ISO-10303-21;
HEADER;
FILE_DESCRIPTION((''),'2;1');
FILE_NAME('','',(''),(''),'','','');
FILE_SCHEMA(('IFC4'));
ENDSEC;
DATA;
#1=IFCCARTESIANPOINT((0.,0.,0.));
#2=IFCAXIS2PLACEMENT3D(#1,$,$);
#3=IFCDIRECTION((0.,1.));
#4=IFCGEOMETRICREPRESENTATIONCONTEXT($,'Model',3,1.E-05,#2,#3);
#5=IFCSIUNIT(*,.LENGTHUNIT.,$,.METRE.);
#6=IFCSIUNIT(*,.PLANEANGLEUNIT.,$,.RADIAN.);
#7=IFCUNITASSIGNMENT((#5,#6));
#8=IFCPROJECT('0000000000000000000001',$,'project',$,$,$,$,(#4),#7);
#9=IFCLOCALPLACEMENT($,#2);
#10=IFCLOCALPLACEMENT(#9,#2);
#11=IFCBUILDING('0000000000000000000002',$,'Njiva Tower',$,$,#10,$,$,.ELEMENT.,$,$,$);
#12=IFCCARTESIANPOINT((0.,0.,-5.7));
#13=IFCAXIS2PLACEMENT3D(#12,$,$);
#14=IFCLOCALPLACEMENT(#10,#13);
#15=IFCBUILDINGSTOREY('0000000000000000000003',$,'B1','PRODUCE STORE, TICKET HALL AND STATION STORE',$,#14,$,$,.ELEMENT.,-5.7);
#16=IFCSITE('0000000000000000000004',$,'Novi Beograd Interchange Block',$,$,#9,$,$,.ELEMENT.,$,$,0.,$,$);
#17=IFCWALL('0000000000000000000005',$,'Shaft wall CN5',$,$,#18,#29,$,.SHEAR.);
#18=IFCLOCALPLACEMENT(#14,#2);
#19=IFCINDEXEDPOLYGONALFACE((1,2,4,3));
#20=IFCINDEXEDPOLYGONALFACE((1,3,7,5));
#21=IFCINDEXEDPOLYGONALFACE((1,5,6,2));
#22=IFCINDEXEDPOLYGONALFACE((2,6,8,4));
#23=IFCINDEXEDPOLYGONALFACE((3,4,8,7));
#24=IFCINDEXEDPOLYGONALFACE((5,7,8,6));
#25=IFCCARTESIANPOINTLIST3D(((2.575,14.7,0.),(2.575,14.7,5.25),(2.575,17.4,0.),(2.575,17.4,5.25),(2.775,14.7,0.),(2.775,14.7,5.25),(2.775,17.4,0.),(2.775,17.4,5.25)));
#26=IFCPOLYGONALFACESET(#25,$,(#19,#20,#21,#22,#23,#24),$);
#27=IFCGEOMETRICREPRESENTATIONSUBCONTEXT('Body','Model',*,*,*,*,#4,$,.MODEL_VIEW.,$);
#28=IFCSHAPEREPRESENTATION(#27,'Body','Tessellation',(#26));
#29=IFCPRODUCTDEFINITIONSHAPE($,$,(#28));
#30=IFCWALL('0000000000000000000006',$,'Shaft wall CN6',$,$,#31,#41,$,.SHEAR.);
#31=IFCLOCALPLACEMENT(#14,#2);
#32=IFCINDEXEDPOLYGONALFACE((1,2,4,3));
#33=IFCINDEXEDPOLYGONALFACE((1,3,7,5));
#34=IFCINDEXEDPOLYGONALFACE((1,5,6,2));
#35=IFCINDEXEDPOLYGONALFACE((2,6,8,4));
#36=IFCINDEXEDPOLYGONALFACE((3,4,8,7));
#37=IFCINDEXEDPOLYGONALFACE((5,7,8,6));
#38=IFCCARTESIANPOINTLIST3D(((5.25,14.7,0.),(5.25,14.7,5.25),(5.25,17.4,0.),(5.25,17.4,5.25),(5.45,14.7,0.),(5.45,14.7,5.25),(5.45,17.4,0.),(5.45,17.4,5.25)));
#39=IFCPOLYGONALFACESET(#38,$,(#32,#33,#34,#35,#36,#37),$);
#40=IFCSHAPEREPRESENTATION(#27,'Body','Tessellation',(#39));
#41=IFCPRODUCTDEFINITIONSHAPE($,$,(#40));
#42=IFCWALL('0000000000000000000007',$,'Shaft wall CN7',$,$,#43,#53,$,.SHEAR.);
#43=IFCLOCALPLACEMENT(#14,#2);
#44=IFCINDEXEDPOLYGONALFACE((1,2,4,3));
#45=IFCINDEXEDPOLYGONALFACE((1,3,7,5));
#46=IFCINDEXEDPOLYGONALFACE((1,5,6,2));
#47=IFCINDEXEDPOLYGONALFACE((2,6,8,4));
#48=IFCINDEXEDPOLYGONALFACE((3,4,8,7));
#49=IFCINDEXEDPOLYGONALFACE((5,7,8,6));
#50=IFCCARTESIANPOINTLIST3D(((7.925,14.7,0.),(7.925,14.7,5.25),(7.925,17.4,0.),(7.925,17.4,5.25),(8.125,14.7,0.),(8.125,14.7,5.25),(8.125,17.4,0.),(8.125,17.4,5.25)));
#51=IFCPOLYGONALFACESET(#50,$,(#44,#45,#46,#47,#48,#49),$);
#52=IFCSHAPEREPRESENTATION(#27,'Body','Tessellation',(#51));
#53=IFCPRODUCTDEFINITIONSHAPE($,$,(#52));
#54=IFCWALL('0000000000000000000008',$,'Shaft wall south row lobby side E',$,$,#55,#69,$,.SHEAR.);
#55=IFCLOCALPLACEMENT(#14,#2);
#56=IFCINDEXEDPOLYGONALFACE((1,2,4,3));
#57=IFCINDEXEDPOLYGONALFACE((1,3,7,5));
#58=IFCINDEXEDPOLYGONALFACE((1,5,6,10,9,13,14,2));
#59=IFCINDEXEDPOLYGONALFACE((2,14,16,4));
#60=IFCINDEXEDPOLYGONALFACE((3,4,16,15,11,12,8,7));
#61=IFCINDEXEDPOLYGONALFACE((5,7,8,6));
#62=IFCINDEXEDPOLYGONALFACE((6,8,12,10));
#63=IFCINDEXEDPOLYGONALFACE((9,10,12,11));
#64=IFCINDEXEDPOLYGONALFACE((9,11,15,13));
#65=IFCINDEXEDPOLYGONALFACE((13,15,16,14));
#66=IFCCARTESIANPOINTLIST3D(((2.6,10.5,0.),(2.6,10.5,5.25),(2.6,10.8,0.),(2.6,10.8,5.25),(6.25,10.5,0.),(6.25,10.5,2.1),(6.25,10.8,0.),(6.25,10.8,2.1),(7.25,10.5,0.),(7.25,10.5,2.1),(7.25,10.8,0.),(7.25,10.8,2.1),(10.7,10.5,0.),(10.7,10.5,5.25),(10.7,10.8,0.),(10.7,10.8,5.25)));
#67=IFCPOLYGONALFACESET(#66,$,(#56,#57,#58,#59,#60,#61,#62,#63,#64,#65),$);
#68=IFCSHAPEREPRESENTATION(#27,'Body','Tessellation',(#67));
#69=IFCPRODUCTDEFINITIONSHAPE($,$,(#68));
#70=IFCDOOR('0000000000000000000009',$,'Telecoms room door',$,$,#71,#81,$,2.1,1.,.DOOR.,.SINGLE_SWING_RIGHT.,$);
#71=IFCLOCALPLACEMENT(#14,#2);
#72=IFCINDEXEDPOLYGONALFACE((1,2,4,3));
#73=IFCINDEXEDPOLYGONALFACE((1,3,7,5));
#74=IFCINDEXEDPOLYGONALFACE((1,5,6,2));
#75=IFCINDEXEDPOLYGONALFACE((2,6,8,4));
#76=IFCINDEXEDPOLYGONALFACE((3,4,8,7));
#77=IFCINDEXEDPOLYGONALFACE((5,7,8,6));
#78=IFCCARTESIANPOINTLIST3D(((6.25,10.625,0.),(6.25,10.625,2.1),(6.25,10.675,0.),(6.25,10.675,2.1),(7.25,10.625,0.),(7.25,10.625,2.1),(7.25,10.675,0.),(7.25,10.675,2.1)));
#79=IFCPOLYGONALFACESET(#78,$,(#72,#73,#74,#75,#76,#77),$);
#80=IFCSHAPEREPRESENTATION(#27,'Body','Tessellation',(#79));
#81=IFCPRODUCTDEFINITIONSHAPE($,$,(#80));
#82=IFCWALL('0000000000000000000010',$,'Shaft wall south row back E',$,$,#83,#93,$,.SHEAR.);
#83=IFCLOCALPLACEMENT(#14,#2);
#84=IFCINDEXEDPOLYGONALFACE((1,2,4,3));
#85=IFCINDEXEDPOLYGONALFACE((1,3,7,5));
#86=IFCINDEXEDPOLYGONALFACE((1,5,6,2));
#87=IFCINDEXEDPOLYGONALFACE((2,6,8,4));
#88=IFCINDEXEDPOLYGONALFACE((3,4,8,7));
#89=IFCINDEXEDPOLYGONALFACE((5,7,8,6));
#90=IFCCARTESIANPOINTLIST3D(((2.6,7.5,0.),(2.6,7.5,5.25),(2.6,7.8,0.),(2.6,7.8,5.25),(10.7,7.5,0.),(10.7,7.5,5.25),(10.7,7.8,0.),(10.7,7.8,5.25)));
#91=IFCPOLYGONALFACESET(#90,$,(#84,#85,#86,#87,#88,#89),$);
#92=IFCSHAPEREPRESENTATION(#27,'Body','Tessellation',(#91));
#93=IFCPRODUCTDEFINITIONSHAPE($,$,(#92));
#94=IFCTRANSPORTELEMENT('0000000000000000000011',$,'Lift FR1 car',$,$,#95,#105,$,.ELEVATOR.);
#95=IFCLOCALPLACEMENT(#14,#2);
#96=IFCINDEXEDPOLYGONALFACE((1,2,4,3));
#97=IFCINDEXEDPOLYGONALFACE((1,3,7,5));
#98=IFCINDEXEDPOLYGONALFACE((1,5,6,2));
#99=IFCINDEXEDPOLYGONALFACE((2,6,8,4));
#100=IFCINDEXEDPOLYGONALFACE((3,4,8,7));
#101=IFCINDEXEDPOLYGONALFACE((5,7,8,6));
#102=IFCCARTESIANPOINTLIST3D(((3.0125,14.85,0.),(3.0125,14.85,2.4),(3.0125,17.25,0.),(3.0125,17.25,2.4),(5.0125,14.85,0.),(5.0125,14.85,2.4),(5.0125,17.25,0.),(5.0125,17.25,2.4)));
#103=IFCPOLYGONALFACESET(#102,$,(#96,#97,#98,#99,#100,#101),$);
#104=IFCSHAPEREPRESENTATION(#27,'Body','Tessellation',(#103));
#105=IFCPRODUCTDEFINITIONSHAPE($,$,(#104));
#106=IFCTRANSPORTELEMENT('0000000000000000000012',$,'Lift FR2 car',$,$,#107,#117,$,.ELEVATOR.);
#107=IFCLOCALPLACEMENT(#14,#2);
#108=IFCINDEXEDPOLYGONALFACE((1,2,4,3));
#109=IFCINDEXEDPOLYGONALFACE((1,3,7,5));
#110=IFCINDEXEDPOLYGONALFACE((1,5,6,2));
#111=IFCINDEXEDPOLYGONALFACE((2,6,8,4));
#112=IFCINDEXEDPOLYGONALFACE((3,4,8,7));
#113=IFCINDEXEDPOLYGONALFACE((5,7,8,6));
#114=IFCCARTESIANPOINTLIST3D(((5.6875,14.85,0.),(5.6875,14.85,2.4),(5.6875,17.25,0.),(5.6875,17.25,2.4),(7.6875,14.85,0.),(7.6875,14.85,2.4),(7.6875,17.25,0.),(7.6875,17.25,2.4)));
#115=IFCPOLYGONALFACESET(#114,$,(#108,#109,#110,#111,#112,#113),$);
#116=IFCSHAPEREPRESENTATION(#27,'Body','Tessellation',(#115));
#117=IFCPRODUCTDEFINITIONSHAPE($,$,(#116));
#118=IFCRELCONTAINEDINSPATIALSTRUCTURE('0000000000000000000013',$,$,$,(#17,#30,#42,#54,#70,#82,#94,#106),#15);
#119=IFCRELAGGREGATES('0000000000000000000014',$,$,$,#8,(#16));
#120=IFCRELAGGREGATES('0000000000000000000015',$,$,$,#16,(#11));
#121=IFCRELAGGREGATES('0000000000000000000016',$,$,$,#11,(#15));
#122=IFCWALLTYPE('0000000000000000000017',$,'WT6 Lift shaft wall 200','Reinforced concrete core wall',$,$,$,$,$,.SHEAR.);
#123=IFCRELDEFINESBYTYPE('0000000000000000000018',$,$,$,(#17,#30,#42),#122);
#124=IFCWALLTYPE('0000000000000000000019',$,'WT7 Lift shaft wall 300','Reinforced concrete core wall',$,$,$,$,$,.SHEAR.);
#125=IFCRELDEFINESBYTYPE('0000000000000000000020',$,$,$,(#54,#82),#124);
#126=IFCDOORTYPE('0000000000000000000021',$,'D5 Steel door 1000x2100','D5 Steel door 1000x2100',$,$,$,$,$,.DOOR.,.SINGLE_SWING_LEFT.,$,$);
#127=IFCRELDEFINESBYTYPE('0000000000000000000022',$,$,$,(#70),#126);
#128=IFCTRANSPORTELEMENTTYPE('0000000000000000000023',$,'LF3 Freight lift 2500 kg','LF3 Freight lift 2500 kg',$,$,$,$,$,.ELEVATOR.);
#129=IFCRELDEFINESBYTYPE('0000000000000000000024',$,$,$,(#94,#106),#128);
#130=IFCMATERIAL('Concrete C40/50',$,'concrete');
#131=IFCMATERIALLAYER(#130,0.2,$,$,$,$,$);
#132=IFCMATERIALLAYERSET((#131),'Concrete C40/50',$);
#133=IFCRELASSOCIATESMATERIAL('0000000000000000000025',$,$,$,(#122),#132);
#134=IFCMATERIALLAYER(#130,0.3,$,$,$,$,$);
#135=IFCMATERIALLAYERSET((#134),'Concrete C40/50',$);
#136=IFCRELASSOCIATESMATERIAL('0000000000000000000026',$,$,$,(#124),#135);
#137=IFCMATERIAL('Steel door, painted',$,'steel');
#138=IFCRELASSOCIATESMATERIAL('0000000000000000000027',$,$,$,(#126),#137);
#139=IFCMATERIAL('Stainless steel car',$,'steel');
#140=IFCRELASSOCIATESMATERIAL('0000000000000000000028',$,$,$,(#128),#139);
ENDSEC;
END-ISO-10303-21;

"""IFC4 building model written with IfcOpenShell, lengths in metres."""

from ifc_helpers import new_model, si_unit, direction, frame, frame_2d, origin, origin_2d, place, context, subcontext, project, spatial, rectangle, extrude, material, layer, layer_set, type_object, element, fill, save


model = new_model("IFC4")

# Units and contexts
model_context = context("Model", 3, precision=1e-05, world=origin(), true_north=direction((0.0, 1.0)))
body_context = subcontext(model_context, "Body", "Model", "MODEL_VIEW")
ifc_project = project(units=[si_unit("LENGTHUNIT", "METRE"), si_unit("PLANEANGLEUNIT", "RADIAN")], contexts=[model_context])

# Site, building, storey
site_placement = place(None, origin())
site = spatial("IfcSite", under=ifc_project, at=site_placement, Name="Novi Beograd Interchange Block", CompositionType="ELEMENT", RefElevation=0.0)
building_placement = place(site_placement, origin())
building = spatial("IfcBuilding", under=site, at=building_placement, Name="Njiva Tower", CompositionType="ELEMENT")
storey_placement = place(building_placement, frame((0.0, 0.0, -5.7)))
storey = spatial("IfcBuildingStorey", under=building, at=storey_placement, Name="B1", Description="PRODUCE STORE, TICKET HALL AND STATION STORE", CompositionType="ELEMENT", Elevation=-5.7)

# Shared definitions
ifc_material_1 = material(Name="Concrete C40/50", Category="concrete")

# Walls
ifc_layer_1 = layer(ifc_material_1, 0.2)
ifc_layer_set_1 = layer_set([ifc_layer_1], Name="Concrete C40/50")
wall_type_1 = type_object("IfcWallType", Name="WT6 Lift shaft wall 200", Description="Reinforced concrete core wall", PredefinedType="SHEAR", material=ifc_layer_set_1)
for number, where, z_axis, x_axis, name in (
    (1, (2.675, 14.7, 0.0), (0.0, 0.0, 1.0), (0.0, 1.0, 0.0), "Shaft wall CN5"),
    (2, (5.35, 14.7, 0.0), (0.0, 0.0, 1.0), (0.0, 1.0, 0.0), "Shaft wall CN6"),
    (3, (8.025, 14.7, 0.0), (0.0, 0.0, 1.0), (0.0, 1.0, 0.0), "Shaft wall CN7"),
):
    element("IfcWall", number, at=place(storey_placement, frame(where, z_axis=z_axis, x_axis=x_axis)), inside=storey, type_object=wall_type_1, Name=name, PredefinedType="SHEAR", context=body_context, shape_type="SweptSolid", body=[
        extrude(rectangle(XDim=2.7, YDim=0.2, at=frame_2d((1.35, 0.0))), origin(), (0.0, 0.0, 1.0), 5.25),
    ])

# Wall, opening, door
ifc_layer_2 = layer(ifc_material_1, 0.3)
ifc_layer_set_2 = layer_set([ifc_layer_2], Name="Concrete C40/50")
wall_type_2 = type_object("IfcWallType", Name="WT7 Lift shaft wall 300", Description="Reinforced concrete core wall", PredefinedType="SHEAR", material=ifc_layer_set_2)
wall_1_placement = place(storey_placement, frame((2.6, 10.65, 0.0), z_axis=(0.0, 0.0, 1.0), x_axis=(1.0, 0.0, 0.0)))
wall_1 = element("IfcWall", 4, at=wall_1_placement, inside=storey, type_object=wall_type_2, Name="Shaft wall south row lobby side E", PredefinedType="SHEAR", context=body_context, shape_type="SweptSolid", body=[
    extrude(rectangle(XDim=8.1, YDim=0.3, at=frame_2d((4.05, 0.0))), origin(), (0.0, 0.0, 1.0), 5.25),
])
opening_1_placement = place(wall_1_placement, frame((3.65, 0.0, 0.0)))
opening_1 = element("IfcOpeningElement", 5, at=opening_1_placement, cuts=wall_1, PredefinedType="OPENING", context=body_context, shape_type="SweptSolid", body=[
    extrude(rectangle(XDim=1.0, YDim=2.1, at=frame_2d((0.5, 1.05))), frame((0.0, 0.16, 0.0), z_axis=(0.0, -1.0, 0.0), x_axis=(1.0, 0.0, 0.0)), (0.0, 0.0, 1.0), 0.32),
])
ifc_material_2 = material(Name="Steel door, painted", Category="steel")
door_type_1 = type_object("IfcDoorType", Name="D5 Steel door 1000x2100", Description="D5 Steel door 1000x2100", OperationType="SINGLE_SWING_LEFT", PredefinedType="DOOR", material=ifc_material_2)
door_1_placement = place(opening_1_placement, origin())
door_1 = element("IfcDoor", 6, at=door_1_placement, inside=storey, type_object=door_type_1, Name="Telecoms room door", OperationType="SINGLE_SWING_RIGHT", OverallHeight=2.1, OverallWidth=1.0, PredefinedType="DOOR", context=body_context, shape_type="SweptSolid", body=[
    extrude(rectangle(XDim=1.0, YDim=2.1, at=frame_2d((0.5, 1.05))), frame((0.0, 0.025, 0.0), z_axis=(0.0, -1.0, 0.0), x_axis=(1.0, 0.0, 0.0)), (0.0, 0.0, 1.0), 0.05),
])
fill(opening_1, door_1)

# Wall
wall_2_placement = place(storey_placement, frame((2.6, 7.65, 0.0), z_axis=(0.0, 0.0, 1.0), x_axis=(1.0, 0.0, 0.0)))
element("IfcWall", 7, at=wall_2_placement, inside=storey, type_object=wall_type_2, Name="Shaft wall south row back E", PredefinedType="SHEAR", context=body_context, shape_type="SweptSolid", body=[
    extrude(rectangle(XDim=8.1, YDim=0.3, at=frame_2d((4.05, 0.0))), origin(), (0.0, 0.0, 1.0), 5.25),
])

# Transport elements
ifc_material_3 = material(Name="Stainless steel car", Category="steel")
transport_element_type = type_object("IfcTransportElementType", Name="LF3 Freight lift 2500 kg", Description="LF3 Freight lift 2500 kg", PredefinedType="ELEVATOR", material=ifc_material_3)
for number, where, z_axis, x_axis, name in (
    (8, (4.0125, 16.05, 0.0), (0.0, 0.0, 1.0), (1.0, 0.0, 0.0), "Lift FR1 car"),
    (9, (6.6875, 16.05, 0.0), (0.0, 0.0, 1.0), (1.0, 0.0, 0.0), "Lift FR2 car"),
):
    element("IfcTransportElement", number, at=place(storey_placement, frame(where, z_axis=z_axis, x_axis=x_axis)), inside=storey, type_object=transport_element_type, Name=name, PredefinedType="ELEVATOR", context=body_context, shape_type="SweptSolid", body=[
        extrude(rectangle(XDim=2.0, YDim=2.4, at=origin_2d()), origin(), (0.0, 0.0, 1.0), 2.4),
    ])

save(model, "model.ifc")
